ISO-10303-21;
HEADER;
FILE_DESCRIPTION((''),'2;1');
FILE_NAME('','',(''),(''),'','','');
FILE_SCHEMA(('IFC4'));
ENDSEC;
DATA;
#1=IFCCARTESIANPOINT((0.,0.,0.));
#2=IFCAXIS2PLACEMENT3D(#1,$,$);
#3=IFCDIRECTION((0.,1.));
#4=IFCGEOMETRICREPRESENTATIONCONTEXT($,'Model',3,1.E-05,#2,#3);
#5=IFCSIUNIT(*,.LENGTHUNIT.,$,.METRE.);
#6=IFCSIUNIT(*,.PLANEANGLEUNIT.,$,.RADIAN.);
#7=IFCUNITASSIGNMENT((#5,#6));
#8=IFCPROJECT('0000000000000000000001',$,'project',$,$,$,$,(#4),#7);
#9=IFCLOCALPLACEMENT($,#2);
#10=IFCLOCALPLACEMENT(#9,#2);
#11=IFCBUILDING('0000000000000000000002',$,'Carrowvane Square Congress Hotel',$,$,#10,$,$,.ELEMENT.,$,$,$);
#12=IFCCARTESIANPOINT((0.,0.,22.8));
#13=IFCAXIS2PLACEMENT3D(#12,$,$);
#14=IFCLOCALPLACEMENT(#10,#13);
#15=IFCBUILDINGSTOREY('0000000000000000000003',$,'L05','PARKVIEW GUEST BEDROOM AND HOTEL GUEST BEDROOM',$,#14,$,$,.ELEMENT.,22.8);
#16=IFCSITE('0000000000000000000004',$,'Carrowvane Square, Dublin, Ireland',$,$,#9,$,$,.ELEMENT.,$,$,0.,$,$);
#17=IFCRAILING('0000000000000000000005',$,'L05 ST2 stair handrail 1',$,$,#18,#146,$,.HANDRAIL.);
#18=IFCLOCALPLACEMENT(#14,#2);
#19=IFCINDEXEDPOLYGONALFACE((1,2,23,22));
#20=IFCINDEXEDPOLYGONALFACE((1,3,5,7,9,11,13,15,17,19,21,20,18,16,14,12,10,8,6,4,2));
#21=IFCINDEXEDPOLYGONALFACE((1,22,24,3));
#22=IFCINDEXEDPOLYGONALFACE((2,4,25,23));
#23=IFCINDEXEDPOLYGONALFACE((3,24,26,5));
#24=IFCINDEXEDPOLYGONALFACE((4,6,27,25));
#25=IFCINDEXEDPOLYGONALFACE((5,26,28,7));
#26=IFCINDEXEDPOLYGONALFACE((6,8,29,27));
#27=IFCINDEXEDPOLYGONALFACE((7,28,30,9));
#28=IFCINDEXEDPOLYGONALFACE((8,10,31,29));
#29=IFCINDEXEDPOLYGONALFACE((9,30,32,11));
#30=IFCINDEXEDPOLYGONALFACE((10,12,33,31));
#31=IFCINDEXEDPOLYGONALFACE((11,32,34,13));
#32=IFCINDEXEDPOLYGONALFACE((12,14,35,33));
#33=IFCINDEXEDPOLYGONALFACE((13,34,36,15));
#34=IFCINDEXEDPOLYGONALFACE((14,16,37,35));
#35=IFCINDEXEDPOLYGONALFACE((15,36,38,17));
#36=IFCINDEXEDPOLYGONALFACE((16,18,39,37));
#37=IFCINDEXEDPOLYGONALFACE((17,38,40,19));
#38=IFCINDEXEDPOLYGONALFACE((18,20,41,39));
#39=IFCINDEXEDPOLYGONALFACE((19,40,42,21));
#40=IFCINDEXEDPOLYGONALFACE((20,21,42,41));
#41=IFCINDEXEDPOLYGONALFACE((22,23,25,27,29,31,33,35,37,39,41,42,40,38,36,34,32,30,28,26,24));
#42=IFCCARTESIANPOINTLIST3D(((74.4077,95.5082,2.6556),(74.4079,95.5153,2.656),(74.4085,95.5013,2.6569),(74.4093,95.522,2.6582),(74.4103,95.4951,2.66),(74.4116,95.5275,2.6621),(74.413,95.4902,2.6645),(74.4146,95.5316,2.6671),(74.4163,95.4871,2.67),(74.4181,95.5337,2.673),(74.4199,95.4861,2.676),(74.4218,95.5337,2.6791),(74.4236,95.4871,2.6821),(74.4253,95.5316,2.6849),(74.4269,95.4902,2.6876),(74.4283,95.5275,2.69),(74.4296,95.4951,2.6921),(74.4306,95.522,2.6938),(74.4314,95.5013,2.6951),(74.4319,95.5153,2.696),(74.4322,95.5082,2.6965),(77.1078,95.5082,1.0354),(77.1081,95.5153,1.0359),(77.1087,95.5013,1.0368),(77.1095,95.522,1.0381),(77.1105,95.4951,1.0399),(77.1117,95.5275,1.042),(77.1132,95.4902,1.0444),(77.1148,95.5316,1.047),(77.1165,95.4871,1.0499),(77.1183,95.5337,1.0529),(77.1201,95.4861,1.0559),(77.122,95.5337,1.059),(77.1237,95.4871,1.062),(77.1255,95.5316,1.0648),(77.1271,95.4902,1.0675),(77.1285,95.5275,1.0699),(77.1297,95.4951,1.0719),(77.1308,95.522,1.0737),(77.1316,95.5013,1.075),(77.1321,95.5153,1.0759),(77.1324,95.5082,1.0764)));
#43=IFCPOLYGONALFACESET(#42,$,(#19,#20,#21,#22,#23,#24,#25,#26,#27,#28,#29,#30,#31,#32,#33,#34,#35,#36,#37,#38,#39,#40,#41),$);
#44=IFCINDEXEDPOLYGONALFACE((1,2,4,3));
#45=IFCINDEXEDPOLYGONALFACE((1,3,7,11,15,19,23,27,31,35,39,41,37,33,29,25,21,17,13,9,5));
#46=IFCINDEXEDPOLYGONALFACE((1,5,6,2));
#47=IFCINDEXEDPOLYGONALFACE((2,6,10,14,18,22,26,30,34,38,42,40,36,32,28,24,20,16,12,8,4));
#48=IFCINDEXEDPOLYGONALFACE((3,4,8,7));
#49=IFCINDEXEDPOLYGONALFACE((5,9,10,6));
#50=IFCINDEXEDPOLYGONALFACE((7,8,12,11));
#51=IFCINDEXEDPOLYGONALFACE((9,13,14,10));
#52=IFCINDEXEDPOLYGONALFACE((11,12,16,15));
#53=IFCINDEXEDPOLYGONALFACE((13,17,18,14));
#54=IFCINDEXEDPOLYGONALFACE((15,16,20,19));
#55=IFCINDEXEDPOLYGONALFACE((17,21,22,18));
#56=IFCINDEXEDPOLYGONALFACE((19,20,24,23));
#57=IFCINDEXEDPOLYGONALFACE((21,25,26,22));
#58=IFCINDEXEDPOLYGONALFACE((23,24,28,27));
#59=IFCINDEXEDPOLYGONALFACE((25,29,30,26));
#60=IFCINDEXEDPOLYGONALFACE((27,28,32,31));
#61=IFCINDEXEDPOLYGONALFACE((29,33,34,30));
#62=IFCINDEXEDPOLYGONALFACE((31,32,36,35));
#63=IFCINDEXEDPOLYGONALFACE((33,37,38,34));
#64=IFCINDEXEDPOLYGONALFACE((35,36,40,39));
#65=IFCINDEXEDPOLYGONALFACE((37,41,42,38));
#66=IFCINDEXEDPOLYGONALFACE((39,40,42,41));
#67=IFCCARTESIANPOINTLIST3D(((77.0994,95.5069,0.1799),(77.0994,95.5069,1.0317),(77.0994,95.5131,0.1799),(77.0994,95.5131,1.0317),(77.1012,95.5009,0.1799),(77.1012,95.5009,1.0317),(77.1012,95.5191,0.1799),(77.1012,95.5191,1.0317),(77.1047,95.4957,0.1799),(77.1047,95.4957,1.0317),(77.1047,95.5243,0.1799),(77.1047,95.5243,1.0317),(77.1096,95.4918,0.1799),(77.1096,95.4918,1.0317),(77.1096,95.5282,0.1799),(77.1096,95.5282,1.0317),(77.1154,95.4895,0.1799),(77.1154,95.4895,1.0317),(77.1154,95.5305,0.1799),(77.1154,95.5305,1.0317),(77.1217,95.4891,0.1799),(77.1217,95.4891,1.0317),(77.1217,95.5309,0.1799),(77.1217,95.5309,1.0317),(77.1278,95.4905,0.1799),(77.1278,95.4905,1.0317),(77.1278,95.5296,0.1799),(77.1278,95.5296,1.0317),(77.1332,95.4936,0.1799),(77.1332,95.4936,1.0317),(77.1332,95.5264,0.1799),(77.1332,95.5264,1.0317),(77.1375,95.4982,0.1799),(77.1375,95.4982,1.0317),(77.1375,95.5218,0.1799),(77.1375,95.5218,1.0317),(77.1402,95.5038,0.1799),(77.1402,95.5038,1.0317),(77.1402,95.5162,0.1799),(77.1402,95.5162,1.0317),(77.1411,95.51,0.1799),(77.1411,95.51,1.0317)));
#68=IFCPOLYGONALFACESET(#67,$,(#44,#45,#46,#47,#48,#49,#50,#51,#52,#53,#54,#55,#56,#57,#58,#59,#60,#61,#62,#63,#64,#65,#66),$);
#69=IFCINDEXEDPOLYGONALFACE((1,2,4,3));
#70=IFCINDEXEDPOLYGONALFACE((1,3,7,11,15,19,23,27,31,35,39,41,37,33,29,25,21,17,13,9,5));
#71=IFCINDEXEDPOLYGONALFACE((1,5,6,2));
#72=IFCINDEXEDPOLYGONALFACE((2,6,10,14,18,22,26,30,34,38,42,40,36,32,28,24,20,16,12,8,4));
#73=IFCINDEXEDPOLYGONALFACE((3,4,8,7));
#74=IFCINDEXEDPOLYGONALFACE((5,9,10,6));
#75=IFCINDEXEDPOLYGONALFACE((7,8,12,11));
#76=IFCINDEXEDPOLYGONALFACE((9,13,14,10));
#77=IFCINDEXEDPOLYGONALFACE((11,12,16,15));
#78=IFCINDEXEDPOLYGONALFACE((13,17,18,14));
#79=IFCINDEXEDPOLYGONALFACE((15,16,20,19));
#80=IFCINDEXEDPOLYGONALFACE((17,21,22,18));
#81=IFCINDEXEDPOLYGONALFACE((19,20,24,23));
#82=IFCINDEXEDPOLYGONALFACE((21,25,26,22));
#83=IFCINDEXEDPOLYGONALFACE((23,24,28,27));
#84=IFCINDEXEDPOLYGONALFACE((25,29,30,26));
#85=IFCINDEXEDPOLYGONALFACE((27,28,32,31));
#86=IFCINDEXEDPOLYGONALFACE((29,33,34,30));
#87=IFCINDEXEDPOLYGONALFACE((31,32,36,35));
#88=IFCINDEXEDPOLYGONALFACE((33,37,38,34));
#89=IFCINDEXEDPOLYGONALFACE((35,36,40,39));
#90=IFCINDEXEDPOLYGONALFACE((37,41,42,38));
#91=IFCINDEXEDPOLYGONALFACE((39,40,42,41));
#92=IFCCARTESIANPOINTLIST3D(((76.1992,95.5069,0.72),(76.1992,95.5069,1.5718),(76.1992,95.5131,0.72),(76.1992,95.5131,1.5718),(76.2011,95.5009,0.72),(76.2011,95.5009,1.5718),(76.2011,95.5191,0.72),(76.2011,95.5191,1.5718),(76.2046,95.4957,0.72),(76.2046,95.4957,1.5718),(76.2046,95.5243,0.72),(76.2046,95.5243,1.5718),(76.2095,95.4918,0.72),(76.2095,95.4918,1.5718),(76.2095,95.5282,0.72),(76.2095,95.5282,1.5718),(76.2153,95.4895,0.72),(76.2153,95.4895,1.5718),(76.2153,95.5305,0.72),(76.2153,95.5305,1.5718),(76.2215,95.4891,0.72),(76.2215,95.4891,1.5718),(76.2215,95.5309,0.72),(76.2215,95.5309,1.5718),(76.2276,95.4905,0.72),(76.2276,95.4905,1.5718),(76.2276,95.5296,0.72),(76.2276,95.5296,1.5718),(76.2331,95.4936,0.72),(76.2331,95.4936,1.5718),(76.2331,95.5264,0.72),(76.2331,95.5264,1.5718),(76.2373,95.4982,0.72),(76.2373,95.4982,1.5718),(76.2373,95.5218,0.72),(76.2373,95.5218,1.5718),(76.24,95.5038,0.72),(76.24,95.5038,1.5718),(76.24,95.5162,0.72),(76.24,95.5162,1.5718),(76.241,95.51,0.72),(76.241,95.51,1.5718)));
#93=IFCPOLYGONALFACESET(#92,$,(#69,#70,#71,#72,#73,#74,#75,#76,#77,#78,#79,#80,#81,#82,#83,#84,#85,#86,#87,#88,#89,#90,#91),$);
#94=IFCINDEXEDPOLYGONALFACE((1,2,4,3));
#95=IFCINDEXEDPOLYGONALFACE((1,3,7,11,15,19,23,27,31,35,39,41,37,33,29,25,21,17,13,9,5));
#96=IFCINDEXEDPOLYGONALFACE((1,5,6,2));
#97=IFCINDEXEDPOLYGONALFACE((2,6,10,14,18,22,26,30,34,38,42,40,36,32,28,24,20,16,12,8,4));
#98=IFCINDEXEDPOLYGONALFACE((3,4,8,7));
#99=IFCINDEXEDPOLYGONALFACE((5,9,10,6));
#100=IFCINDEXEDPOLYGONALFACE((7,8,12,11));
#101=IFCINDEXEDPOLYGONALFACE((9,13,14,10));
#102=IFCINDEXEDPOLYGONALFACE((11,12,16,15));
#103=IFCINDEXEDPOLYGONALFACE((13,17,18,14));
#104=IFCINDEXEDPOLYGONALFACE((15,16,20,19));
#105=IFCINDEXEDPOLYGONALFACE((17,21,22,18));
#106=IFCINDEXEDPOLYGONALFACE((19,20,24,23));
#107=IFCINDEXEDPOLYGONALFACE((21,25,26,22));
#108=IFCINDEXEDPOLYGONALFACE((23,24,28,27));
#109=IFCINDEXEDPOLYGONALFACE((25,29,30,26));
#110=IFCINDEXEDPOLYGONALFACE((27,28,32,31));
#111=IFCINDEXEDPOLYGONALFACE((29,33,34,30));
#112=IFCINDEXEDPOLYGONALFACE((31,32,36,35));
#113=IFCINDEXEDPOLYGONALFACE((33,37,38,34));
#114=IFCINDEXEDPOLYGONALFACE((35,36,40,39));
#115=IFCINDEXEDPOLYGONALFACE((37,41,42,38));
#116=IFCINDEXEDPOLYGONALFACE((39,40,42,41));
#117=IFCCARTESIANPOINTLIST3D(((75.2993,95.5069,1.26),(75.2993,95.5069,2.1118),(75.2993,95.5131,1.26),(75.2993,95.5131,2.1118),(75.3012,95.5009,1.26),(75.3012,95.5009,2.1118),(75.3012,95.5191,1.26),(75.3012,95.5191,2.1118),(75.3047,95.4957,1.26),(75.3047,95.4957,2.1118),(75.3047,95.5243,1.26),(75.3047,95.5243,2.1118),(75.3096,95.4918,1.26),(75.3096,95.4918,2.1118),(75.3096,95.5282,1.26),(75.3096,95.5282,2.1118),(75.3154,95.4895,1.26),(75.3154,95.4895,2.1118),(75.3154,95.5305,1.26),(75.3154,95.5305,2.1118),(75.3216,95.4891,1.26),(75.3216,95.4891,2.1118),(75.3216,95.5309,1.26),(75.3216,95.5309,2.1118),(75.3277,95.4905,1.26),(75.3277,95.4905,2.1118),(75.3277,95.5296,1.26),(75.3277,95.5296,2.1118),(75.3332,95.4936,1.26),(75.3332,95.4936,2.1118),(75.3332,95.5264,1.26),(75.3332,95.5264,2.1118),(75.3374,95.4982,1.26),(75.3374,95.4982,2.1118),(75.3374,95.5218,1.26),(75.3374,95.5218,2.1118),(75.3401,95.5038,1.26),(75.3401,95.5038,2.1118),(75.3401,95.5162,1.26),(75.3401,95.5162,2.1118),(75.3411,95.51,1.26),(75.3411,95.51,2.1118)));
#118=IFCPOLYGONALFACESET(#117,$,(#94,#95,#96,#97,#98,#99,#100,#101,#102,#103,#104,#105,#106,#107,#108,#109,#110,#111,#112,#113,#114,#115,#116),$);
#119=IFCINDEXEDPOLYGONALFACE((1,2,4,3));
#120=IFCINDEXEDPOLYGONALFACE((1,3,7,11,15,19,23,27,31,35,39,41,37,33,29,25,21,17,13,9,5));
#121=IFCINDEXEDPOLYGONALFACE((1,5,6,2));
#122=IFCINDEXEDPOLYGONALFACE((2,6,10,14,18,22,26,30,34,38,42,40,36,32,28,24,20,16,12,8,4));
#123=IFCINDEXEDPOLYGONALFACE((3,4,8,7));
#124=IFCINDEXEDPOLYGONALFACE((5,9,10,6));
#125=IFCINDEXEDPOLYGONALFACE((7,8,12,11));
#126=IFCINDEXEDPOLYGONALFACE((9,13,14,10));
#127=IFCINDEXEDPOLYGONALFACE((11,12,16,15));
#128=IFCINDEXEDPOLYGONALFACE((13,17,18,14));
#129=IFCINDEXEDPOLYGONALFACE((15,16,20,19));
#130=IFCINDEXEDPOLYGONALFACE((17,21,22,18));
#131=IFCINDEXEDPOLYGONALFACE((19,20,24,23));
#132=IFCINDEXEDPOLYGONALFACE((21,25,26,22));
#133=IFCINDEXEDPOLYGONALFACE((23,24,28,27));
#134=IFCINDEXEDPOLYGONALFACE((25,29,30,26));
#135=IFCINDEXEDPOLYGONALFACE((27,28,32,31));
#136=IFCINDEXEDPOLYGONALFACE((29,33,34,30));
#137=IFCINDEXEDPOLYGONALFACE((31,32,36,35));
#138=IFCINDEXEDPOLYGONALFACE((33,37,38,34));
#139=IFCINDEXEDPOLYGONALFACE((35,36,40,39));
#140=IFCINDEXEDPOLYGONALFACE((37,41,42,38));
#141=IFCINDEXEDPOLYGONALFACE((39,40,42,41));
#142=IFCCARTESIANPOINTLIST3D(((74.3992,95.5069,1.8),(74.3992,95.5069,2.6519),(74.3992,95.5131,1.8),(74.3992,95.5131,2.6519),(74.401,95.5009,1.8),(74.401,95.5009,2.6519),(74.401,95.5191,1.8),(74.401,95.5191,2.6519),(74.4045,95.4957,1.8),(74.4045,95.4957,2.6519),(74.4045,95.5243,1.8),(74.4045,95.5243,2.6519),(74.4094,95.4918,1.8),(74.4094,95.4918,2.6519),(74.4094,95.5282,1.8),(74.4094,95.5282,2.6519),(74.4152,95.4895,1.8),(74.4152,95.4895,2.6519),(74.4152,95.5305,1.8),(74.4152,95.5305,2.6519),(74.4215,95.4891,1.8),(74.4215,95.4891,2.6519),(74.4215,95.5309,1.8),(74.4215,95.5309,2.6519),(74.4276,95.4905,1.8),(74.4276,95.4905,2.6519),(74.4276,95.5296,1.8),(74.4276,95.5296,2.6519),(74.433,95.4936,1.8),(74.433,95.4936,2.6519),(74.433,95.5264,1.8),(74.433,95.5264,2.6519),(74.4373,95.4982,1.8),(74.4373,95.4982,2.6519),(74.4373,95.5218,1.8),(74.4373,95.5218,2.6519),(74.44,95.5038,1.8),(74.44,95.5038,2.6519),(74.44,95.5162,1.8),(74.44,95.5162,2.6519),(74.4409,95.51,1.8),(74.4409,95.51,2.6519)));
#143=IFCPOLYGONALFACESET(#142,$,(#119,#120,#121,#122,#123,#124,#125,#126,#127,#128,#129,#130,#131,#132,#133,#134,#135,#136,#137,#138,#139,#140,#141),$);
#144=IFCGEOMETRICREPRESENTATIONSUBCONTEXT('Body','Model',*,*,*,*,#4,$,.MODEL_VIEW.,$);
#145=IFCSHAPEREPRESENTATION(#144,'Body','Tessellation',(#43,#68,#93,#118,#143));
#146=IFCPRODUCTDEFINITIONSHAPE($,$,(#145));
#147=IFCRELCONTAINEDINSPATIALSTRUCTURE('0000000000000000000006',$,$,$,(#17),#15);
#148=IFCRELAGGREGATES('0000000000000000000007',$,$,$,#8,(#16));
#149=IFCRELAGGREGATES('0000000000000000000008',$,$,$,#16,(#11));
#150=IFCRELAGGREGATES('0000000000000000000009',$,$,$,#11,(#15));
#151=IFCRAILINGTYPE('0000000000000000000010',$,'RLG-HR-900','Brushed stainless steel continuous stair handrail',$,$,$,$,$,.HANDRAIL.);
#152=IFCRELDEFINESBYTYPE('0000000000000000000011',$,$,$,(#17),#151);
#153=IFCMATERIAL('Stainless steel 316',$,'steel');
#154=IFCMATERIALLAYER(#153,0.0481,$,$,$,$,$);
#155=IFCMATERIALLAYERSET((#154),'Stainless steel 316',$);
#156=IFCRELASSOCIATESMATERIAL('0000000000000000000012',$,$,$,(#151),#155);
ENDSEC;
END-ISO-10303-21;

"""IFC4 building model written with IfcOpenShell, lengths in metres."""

from ifc_helpers import new_model, si_unit, direction, frame, origin, origin_2d, place, context, subcontext, project, spatial, circle, extrude, material, layer, layer_set, type_object, element, save


model = new_model("IFC4")

# Units and contexts
model_context = context("Model", 3, precision=1e-05, world=origin(), true_north=direction((0.0, 1.0)))
body_context = subcontext(model_context, "Body", "Model", "MODEL_VIEW")
ifc_project = project(units=[si_unit("LENGTHUNIT", "METRE"), si_unit("PLANEANGLEUNIT", "RADIAN")], contexts=[model_context])

# Site, building, storey
site_placement = place(None, origin())
site = spatial("IfcSite", under=ifc_project, at=site_placement, Name="Carrowvane Square, Dublin, Ireland", CompositionType="ELEMENT", RefElevation=0.0)
building_placement = place(site_placement, origin())
building = spatial("IfcBuilding", under=site, at=building_placement, Name="Carrowvane Square Congress Hotel", CompositionType="ELEMENT")
storey_placement = place(building_placement, frame((0.0, 0.0, 22.8)))
storey = spatial("IfcBuildingStorey", under=building, at=storey_placement, Name="L05", Description="PARKVIEW GUEST BEDROOM AND HOTEL GUEST BEDROOM", CompositionType="ELEMENT", Elevation=22.8)

# Railing
ifc_material_1 = material(Name="Stainless steel 316", Category="steel")
ifc_layer_1 = layer(ifc_material_1, 0.0481)
ifc_layer_set_1 = layer_set([ifc_layer_1], Name="Stainless steel 316")
railing_type_1 = type_object("IfcRailingType", Name="RLG-HR-900", Description="Brushed stainless steel continuous stair handrail", PredefinedType="HANDRAIL", material=ifc_layer_set_1)
railing_1_placement = place(storey_placement, frame((77.1201, 95.51, 0.1799)))
element("IfcRailing", 1, at=railing_1_placement, inside=storey, type_object=railing_type_1, Name="L05 ST2 stair handrail 1", PredefinedType="HANDRAIL", context=body_context, shape_type="SweptSolid", body=[
    extrude(circle(Radius=0.0239, at=origin_2d()), frame((0.0, 0.0, 0.876), z_axis=(-0.857493, 0.0, 0.514496), x_axis=(0.0, -1.0, 0.0)), (0.0, 0.0, 1.0), 3.1489),
    extrude(circle(Radius=0.021, at=origin_2d()), origin(), (0.0, 0.0, 1.0), 0.8518),
    extrude(circle(Radius=0.021, at=origin_2d()), frame((-0.9001, 0.0, 0.54)), (0.0, 0.0, 1.0), 0.8518),
    extrude(circle(Radius=0.021, at=origin_2d()), frame((-1.8, 0.0, 1.0801)), (0.0, 0.0, 1.0), 0.8518),
    extrude(circle(Radius=0.021, at=origin_2d()), frame((-2.7002, 0.0, 1.6201)), (0.0, 0.0, 1.0), 0.8518),
])

save(model, "model.ifc")
